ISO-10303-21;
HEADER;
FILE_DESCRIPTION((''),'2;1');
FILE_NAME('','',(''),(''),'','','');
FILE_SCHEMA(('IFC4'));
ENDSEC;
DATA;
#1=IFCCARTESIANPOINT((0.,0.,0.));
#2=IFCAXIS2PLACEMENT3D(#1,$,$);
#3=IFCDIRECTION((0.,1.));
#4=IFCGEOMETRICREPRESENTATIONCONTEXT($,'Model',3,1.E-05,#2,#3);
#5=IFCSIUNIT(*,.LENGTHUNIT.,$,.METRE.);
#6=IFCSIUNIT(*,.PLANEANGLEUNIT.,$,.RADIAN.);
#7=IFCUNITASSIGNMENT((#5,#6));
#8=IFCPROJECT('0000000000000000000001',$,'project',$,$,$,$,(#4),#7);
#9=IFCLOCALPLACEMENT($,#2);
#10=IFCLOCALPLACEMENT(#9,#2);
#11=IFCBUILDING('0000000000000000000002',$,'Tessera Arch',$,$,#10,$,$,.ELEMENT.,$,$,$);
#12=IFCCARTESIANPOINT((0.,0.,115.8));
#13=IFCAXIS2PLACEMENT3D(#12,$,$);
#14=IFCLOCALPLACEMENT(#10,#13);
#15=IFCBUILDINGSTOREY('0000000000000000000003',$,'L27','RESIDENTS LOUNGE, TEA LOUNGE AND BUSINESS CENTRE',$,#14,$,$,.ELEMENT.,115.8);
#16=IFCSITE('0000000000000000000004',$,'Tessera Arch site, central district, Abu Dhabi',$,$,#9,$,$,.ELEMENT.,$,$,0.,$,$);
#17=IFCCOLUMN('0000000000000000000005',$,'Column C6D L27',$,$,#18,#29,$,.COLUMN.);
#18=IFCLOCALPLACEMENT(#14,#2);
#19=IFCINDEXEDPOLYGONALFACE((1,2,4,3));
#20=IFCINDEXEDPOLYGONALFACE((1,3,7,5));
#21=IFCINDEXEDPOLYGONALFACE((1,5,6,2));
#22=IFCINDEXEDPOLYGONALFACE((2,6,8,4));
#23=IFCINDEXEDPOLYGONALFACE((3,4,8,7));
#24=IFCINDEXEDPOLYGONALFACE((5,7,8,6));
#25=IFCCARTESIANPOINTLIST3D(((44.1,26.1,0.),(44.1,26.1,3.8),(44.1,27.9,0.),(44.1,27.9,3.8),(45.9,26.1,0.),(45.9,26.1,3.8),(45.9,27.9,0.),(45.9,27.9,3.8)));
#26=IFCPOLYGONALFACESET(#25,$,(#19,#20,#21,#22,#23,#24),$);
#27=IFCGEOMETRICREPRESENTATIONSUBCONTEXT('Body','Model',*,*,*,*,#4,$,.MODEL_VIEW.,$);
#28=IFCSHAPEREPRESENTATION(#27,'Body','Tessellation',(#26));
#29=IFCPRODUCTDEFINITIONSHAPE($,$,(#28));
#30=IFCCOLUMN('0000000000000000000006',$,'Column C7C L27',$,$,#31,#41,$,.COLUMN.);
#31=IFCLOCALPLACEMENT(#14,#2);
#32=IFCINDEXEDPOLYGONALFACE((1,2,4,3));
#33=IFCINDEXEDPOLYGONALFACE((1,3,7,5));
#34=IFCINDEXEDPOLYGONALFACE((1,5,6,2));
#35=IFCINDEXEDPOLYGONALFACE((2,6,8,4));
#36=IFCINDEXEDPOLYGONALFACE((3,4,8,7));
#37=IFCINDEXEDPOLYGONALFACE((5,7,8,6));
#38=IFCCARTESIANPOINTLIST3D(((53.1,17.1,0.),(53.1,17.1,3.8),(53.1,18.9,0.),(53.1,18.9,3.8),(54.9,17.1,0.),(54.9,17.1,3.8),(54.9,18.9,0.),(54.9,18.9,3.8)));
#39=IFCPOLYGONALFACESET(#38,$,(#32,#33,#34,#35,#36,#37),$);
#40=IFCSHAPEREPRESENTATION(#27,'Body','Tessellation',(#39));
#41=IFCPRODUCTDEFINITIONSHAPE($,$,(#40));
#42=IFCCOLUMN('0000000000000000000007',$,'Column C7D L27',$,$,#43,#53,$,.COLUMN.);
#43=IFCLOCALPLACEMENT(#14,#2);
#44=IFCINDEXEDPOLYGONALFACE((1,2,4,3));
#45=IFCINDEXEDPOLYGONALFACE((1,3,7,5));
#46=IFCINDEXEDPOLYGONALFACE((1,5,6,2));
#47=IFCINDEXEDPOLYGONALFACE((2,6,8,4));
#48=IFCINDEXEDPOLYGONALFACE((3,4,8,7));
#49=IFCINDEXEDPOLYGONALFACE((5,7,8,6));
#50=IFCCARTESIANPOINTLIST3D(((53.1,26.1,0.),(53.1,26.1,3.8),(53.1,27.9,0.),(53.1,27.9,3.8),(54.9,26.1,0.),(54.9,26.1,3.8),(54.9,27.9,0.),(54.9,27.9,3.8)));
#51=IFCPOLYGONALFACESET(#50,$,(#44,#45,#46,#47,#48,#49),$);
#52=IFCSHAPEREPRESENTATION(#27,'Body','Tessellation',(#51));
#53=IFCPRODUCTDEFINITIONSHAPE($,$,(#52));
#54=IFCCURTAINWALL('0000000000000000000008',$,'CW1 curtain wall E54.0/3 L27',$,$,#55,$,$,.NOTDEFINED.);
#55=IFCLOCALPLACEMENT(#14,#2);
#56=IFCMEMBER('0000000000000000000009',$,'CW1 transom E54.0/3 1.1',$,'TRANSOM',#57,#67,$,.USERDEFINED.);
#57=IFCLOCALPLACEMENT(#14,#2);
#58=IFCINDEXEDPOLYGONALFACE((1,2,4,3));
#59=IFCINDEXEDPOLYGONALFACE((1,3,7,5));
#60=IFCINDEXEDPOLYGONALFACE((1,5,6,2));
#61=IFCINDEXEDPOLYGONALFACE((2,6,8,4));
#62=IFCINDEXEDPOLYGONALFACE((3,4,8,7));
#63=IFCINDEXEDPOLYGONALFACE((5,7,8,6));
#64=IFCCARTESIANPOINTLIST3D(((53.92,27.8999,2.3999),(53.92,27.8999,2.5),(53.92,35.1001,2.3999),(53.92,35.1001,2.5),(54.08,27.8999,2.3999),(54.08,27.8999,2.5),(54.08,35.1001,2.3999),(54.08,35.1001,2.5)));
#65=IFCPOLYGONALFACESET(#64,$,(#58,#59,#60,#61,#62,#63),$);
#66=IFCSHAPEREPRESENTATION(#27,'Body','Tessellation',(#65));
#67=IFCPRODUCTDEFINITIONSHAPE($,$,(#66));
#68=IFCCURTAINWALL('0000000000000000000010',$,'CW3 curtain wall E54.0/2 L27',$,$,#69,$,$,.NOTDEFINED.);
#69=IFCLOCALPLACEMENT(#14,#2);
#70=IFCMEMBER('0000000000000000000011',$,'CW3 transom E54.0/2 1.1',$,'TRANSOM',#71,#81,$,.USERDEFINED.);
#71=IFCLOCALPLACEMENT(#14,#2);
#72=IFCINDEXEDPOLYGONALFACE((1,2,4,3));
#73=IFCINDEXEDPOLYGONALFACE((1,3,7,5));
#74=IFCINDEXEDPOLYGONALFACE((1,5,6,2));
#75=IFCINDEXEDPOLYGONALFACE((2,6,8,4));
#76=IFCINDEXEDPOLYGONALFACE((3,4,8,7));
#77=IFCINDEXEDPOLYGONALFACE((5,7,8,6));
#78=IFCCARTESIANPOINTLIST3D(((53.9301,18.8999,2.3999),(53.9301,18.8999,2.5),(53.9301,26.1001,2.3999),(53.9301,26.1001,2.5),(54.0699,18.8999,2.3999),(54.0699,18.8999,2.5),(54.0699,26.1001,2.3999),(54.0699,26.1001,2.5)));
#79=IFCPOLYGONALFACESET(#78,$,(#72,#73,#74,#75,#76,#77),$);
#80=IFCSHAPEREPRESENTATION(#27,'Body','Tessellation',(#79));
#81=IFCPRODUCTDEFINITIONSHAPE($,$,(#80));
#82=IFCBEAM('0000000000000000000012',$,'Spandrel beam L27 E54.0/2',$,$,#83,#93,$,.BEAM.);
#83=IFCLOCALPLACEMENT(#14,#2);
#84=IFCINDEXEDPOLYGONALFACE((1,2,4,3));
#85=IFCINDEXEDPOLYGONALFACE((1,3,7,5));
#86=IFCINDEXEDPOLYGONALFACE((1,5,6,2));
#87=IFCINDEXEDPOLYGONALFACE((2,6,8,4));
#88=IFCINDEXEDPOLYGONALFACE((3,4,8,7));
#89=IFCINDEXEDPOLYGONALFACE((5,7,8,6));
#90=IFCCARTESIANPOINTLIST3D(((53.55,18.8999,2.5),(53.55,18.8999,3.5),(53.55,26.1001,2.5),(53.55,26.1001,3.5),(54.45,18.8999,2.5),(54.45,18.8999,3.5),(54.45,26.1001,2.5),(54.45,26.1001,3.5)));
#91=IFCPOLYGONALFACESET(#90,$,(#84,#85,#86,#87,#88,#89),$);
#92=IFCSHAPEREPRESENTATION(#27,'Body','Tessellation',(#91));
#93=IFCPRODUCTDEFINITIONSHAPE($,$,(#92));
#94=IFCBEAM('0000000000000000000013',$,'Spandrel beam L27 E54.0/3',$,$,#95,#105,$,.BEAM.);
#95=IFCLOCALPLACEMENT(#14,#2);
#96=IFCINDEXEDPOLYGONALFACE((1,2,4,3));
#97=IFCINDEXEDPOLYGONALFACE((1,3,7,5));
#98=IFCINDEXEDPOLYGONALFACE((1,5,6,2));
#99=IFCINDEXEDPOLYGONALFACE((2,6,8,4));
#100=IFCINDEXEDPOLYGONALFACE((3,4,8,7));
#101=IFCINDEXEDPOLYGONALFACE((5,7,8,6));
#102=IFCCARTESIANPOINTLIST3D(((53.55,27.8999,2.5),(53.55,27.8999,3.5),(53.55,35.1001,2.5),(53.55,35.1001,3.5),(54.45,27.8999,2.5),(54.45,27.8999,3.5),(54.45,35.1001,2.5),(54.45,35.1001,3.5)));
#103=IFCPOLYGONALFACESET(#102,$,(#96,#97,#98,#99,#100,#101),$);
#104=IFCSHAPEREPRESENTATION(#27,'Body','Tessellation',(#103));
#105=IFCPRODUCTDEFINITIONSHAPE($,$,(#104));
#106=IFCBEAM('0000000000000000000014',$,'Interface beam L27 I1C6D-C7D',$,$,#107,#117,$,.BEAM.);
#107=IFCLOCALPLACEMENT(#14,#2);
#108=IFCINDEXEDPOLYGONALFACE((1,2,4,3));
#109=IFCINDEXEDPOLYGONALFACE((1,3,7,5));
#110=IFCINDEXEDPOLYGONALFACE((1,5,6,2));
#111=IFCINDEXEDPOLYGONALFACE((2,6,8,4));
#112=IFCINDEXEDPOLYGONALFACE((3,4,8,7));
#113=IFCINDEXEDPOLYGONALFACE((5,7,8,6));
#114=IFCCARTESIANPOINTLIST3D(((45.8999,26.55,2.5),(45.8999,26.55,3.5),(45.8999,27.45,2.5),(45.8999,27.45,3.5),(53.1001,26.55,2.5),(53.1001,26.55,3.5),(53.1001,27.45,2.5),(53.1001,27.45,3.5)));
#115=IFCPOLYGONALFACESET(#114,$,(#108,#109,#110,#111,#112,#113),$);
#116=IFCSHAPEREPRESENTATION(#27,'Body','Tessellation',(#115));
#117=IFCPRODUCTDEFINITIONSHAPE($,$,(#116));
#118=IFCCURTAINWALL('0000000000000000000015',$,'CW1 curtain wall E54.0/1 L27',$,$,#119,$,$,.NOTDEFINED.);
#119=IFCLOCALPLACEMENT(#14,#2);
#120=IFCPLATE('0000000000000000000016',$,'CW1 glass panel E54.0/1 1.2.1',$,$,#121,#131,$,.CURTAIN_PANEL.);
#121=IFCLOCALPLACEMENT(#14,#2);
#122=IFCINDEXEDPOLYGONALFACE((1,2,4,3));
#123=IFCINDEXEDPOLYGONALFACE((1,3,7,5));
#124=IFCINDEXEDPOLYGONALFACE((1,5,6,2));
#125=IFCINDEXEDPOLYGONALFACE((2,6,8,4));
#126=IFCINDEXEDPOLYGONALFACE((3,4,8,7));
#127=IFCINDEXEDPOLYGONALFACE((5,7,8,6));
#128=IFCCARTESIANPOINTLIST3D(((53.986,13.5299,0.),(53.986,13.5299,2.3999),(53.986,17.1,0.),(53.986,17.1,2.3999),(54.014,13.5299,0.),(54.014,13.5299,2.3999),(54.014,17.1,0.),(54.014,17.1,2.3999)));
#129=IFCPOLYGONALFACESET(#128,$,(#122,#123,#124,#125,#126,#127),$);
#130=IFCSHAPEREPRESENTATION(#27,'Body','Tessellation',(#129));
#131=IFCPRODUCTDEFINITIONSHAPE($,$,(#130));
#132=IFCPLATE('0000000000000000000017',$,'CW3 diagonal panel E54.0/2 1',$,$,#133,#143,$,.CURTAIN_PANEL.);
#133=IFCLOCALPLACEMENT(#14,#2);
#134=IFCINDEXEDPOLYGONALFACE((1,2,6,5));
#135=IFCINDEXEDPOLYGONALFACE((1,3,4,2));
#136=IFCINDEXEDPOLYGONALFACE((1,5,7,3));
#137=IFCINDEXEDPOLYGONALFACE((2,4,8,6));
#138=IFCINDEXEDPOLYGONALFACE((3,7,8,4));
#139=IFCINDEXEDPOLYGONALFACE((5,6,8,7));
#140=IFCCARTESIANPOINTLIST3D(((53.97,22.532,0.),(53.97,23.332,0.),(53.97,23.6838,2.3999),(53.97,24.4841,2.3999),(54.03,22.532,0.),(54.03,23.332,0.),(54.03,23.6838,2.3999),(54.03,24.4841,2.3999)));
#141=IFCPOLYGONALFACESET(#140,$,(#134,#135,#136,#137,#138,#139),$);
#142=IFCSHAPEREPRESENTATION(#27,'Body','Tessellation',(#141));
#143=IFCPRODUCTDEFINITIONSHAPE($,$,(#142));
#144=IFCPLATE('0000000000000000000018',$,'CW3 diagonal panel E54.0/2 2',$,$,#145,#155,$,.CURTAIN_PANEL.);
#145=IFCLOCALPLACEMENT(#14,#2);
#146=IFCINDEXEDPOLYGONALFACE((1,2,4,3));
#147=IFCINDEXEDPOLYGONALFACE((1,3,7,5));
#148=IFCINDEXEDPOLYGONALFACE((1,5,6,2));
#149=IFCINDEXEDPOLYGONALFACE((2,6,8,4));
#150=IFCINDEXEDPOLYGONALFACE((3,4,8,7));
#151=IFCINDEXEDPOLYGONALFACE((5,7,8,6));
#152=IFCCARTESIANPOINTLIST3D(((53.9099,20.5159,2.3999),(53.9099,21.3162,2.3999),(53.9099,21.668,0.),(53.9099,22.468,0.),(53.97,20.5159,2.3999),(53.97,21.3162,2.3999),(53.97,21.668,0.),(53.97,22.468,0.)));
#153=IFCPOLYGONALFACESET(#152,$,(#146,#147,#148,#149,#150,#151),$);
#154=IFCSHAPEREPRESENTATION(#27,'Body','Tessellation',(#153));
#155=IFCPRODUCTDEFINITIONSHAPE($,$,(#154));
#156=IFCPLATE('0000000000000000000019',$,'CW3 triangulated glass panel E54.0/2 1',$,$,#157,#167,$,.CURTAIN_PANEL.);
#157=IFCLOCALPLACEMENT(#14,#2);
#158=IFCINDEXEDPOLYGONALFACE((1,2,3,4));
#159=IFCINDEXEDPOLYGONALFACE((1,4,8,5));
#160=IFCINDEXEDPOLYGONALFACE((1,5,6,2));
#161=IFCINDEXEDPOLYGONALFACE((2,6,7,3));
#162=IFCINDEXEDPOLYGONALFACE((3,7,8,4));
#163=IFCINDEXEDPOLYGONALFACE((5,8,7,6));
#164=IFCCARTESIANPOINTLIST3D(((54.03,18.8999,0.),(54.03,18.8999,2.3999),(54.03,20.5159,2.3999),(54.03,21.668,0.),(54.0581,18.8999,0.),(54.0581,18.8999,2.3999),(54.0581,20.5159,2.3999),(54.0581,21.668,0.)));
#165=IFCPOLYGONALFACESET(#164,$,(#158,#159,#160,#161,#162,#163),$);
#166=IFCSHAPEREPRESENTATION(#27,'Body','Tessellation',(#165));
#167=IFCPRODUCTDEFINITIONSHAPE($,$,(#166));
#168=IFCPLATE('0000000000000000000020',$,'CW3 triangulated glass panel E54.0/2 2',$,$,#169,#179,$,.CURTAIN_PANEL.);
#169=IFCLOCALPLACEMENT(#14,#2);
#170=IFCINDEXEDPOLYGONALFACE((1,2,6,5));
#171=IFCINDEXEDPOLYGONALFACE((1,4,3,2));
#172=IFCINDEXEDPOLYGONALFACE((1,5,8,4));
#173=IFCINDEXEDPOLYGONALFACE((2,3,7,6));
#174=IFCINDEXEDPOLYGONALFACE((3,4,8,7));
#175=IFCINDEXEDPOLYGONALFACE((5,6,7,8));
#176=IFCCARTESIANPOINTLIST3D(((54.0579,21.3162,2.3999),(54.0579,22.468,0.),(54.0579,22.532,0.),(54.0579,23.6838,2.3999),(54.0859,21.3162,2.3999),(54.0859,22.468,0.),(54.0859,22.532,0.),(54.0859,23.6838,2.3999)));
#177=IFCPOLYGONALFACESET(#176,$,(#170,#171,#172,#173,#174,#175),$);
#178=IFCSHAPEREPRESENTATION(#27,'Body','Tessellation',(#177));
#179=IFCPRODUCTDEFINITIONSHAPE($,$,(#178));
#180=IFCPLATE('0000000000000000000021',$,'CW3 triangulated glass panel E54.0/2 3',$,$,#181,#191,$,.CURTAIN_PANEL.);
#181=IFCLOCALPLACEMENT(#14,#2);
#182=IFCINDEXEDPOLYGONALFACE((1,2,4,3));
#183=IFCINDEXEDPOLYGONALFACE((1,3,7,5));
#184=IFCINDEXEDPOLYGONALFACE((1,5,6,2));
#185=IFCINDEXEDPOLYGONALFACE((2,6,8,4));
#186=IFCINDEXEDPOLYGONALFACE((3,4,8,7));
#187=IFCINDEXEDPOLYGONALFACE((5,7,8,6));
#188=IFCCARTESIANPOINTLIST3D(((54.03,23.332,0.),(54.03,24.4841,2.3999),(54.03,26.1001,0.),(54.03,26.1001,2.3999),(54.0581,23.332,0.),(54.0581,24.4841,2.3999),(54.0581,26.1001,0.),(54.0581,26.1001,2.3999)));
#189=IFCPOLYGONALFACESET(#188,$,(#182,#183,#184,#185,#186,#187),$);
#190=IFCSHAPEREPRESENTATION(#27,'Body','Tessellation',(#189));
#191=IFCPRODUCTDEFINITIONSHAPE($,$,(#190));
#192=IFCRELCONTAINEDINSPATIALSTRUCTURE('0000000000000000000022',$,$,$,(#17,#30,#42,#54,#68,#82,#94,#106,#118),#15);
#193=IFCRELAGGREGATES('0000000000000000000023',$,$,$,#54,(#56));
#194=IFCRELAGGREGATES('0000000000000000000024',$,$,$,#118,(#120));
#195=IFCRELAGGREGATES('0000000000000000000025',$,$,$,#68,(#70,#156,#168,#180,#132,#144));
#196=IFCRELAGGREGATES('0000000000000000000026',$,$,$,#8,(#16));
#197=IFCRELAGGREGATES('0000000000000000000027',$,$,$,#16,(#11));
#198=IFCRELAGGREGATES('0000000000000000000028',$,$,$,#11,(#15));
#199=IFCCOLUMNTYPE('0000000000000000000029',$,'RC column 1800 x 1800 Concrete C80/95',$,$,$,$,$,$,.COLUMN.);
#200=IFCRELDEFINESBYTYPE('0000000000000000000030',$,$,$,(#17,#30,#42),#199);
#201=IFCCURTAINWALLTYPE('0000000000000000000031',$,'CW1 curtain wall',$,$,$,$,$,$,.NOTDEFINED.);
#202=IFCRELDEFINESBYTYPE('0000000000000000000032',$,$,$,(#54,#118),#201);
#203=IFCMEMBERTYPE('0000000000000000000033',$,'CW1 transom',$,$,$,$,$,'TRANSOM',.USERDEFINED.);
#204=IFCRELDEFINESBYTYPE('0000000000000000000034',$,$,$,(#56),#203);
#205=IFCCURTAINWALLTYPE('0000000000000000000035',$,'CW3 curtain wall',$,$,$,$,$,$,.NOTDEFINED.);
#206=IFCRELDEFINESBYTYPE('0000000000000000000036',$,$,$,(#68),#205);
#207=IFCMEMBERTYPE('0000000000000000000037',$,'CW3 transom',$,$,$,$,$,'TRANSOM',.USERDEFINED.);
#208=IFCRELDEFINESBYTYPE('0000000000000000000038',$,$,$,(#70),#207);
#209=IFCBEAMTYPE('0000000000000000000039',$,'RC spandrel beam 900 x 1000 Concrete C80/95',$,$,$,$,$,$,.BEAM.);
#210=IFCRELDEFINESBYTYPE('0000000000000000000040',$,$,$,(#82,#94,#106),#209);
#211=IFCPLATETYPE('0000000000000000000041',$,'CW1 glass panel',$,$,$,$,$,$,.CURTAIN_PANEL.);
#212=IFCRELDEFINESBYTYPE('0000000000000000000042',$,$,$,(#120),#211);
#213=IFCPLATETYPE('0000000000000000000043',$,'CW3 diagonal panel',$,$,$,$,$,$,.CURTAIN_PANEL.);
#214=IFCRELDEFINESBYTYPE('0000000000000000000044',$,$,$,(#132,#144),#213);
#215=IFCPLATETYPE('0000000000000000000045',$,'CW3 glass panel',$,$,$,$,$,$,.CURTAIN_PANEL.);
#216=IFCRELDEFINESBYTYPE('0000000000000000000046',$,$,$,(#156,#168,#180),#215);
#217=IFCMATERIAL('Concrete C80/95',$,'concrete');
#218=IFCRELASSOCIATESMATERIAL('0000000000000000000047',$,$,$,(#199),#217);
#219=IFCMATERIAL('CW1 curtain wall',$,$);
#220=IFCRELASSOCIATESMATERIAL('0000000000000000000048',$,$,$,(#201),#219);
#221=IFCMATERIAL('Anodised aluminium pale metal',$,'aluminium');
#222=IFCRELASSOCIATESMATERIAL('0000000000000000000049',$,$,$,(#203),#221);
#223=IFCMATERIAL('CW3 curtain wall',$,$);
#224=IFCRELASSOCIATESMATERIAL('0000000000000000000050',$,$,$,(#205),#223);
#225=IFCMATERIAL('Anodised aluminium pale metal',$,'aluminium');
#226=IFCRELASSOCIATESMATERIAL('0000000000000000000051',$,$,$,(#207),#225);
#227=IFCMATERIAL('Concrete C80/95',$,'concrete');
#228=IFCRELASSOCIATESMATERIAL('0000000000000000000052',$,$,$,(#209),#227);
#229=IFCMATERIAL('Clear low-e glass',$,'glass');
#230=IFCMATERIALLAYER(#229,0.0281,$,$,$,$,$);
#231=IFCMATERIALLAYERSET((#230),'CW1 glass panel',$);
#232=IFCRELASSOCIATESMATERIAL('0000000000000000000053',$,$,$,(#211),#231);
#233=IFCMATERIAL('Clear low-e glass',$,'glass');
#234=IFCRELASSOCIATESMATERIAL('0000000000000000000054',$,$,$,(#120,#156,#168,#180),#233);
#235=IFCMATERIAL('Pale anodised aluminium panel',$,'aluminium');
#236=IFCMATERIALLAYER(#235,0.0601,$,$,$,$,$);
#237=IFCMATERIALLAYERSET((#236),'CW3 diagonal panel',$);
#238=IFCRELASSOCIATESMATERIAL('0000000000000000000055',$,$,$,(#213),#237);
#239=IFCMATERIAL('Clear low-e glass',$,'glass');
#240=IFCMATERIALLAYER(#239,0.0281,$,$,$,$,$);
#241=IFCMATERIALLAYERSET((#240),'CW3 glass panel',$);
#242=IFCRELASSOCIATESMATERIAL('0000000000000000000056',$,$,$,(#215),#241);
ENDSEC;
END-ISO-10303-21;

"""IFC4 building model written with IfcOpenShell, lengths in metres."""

from ifc_helpers import new_model, si_unit, direction, frame, origin, origin_2d, place, context, subcontext, project, spatial, polyline, rectangle, outline, extrude, material, layer, layer_set, material_profile, profile_set, type_object, element, aggregate, save


model = new_model("IFC4")

# Units and contexts
model_context = context("Model", 3, precision=1e-05, world=origin(), true_north=direction((0.0, 1.0)))
body_context = subcontext(model_context, "Body", "Model", "MODEL_VIEW")
ifc_project = project(units=[si_unit("LENGTHUNIT", "METRE"), si_unit("PLANEANGLEUNIT", "RADIAN")], contexts=[model_context])

# Site, building, storey
site_placement = place(None, origin())
site = spatial("IfcSite", under=ifc_project, at=site_placement, Name="Tessera Arch site, central district, Abu Dhabi", CompositionType="ELEMENT", RefElevation=0.0)
building_placement = place(site_placement, origin())
building = spatial("IfcBuilding", under=site, at=building_placement, Name="Tessera Arch", CompositionType="ELEMENT")
storey_placement = place(building_placement, frame((0.0, 0.0, 115.8)))
storey = spatial("IfcBuildingStorey", under=building, at=storey_placement, Name="L27", Description="RESIDENTS LOUNGE, TEA LOUNGE AND BUSINESS CENTRE", CompositionType="ELEMENT", Elevation=115.8)

# Columns
ifc_material_1 = material(Name="Concrete C80/95", Category="concrete")
ifc_material_profile_1 = material_profile(ifc_material_1, rectangle(XDim=1.8, YDim=1.8, at=origin_2d()), Name="RC column 1800 x 1800 Concrete C80/95")
ifc_profile_set_1 = profile_set([ifc_material_profile_1], Name="Concrete C80/95")
column_type = type_object("IfcColumnType", Name="RC column 1800 x 1800 Concrete C80/95", PredefinedType="COLUMN", material=ifc_profile_set_1)
for number, where, z_axis, x_axis, name in (
    (1, (45.0, 27.0, 0.0), (0.0, 0.0, 1.0), (1.0, 0.0, 0.0), "Column C6D L27"),
    (2, (54.0, 18.0, 0.0), (0.0, 0.0, 1.0), (1.0, 0.0, 0.0), "Column C7C L27"),
    (3, (54.0, 27.0, 0.0), (0.0, 0.0, 1.0), (1.0, 0.0, 0.0), "Column C7D L27"),
):
    element("IfcColumn", number, at=place(storey_placement, frame(where, z_axis=z_axis, x_axis=x_axis)), inside=storey, type_object=column_type, Name=name, PredefinedType="COLUMN", context=body_context, shape_type="SweptSolid", body=[
        extrude(rectangle(XDim=1.8, YDim=1.8, at=origin_2d()), origin(), (0.0, 0.0, 1.0), 3.8),
    ])

# Curtain walls, members
ifc_material_2 = material(Name="CW1 curtain wall")
curtain_wall_type_1 = type_object("IfcCurtainWallType", Name="CW1 curtain wall", PredefinedType="NOTDEFINED", material=ifc_material_2)
curtain_wall_1_placement = place(storey_placement, origin())
curtain_wall_1 = element("IfcCurtainWall", 4, at=curtain_wall_1_placement, inside=storey, type_object=curtain_wall_type_1, Name="CW1 curtain wall E54.0/3 L27", PredefinedType="NOTDEFINED")
ifc_material_3 = material(Name="Anodised aluminium pale metal", Category="aluminium")
ifc_material_profile_2 = material_profile(ifc_material_3, rectangle(XDim=0.1599, YDim=0.1001, at=origin_2d()), Name="AL 160x100")
ifc_profile_set_2 = profile_set([ifc_material_profile_2], Name="Anodised aluminium pale metal")
member_type_1 = type_object("IfcMemberType", Name="CW1 transom", ElementType="TRANSOM", PredefinedType="USERDEFINED", material=ifc_profile_set_2)
member_1_placement = place(storey_placement, frame((54.0, 27.8999, 2.45), z_axis=(0.0, 1.0, 0.0), x_axis=(-1.0, 0.0, 0.0)))
member_1 = element("IfcMember", 5, at=member_1_placement, type_object=member_type_1, Name="CW1 transom E54.0/3 1.1", ObjectType="TRANSOM", PredefinedType="USERDEFINED", context=body_context, shape_type="SweptSolid", body=[
    extrude(rectangle(XDim=0.1599, YDim=0.1001, at=origin_2d()), origin(), (0.0, 0.0, 1.0), 7.2002),
])
aggregate(curtain_wall_1, [member_1])
ifc_material_4 = material(Name="CW3 curtain wall")
curtain_wall_type_2 = type_object("IfcCurtainWallType", Name="CW3 curtain wall", PredefinedType="NOTDEFINED", material=ifc_material_4)
curtain_wall_2_placement = place(storey_placement, origin())
curtain_wall_2 = element("IfcCurtainWall", 6, at=curtain_wall_2_placement, inside=storey, type_object=curtain_wall_type_2, Name="CW3 curtain wall E54.0/2 L27", PredefinedType="NOTDEFINED")
ifc_material_5 = material(Name="Anodised aluminium pale metal", Category="aluminium")
ifc_material_profile_3 = material_profile(ifc_material_5, rectangle(XDim=0.1399, YDim=0.1001, at=origin_2d()), Name="AL 140x100")
ifc_profile_set_3 = profile_set([ifc_material_profile_3], Name="Anodised aluminium pale metal")
member_type_2 = type_object("IfcMemberType", Name="CW3 transom", ElementType="TRANSOM", PredefinedType="USERDEFINED", material=ifc_profile_set_3)
member_2_placement = place(storey_placement, frame((54.0, 18.8999, 2.45), z_axis=(0.0, 1.0, 0.0), x_axis=(-1.0, 0.0, 0.0)))
member_2 = element("IfcMember", 7, at=member_2_placement, type_object=member_type_2, Name="CW3 transom E54.0/2 1.1", ObjectType="TRANSOM", PredefinedType="USERDEFINED", context=body_context, shape_type="SweptSolid", body=[
    extrude(rectangle(XDim=0.1399, YDim=0.1001, at=origin_2d()), origin(), (0.0, 0.0, 1.0), 7.2002),
])

# Beams
ifc_material_6 = material(Name="Concrete C80/95", Category="concrete")
ifc_material_profile_4 = material_profile(ifc_material_6, rectangle(XDim=0.8999, YDim=1.0, at=origin_2d()), Name="RC spandrel beam 900 x 1000 Concrete C80/95")
ifc_profile_set_4 = profile_set([ifc_material_profile_4], Name="Concrete C80/95")
beam_type = type_object("IfcBeamType", Name="RC spandrel beam 900 x 1000 Concrete C80/95", PredefinedType="BEAM", material=ifc_profile_set_4)
for number, where, z_axis, x_axis, name in (
    (8, (54.0, 18.8999, 3.0), (0.0, 1.0, 0.0), (-1.0, 0.0, 0.0), "Spandrel beam L27 E54.0/2"),
    (9, (54.0, 27.8999, 3.0), (0.0, 1.0, 0.0), (-1.0, 0.0, 0.0), "Spandrel beam L27 E54.0/3"),
    (10, (45.8999, 27.0, 3.0), (1.0, 0.0, 0.0), (0.0, 1.0, 0.0), "Interface beam L27 I1C6D-C7D"),
):
    element("IfcBeam", number, at=place(storey_placement, frame(where, z_axis=z_axis, x_axis=x_axis)), inside=storey, type_object=beam_type, Name=name, PredefinedType="BEAM", context=body_context, shape_type="SweptSolid", body=[
        extrude(rectangle(XDim=0.8999, YDim=1.0, at=origin_2d()), origin(), (0.0, 0.0, 1.0), 7.2002),
    ])

# Curtain wall, plate
curtain_wall_3_placement = place(storey_placement, origin())
curtain_wall_3 = element("IfcCurtainWall", 11, at=curtain_wall_3_placement, inside=storey, type_object=curtain_wall_type_1, Name="CW1 curtain wall E54.0/1 L27", PredefinedType="NOTDEFINED")
ifc_material_7 = material(Name="Clear low-e glass", Category="glass")
ifc_material_8 = material(Name="Clear low-e glass", Category="glass")
ifc_layer_1 = layer(ifc_material_8, 0.0281)
ifc_layer_set_1 = layer_set([ifc_layer_1], Name="CW1 glass panel")
plate_type_1 = type_object("IfcPlateType", Name="CW1 glass panel", PredefinedType="CURTAIN_PANEL", material=ifc_layer_set_1)
plate_1_placement = place(storey_placement, frame((54.0, 15.3149, 0.0), z_axis=(0.0, 0.0, 1.0), x_axis=(0.0, 1.0, 0.0)))
plate_1 = element("IfcPlate", 12, at=plate_1_placement, type_object=plate_type_1, material=ifc_material_7, Name="CW1 glass panel E54.0/1 1.2.1", PredefinedType="CURTAIN_PANEL", context=body_context, shape_type="SweptSolid", body=[
    extrude(rectangle(XDim=3.5701, YDim=0.0281, at=origin_2d()), origin(), (0.0, 0.0, 1.0), 2.3999),
])
aggregate(curtain_wall_3, [plate_1])

# Plates
ifc_material_9 = material(Name="Pale anodised aluminium panel", Category="aluminium")
ifc_layer_2 = layer(ifc_material_9, 0.0601)
ifc_layer_set_2 = layer_set([ifc_layer_2], Name="CW3 diagonal panel")
plate_type_2 = type_object("IfcPlateType", Name="CW3 diagonal panel", PredefinedType="CURTAIN_PANEL", material=ifc_layer_set_2)
plate_2_placement = place(storey_placement, frame((54.03, 24.4841, 2.3999), z_axis=(1.0, 0.0, 0.0), x_axis=(0.0, -1.0, 0.0)))
plate_2 = element("IfcPlate", 13, at=plate_2_placement, type_object=plate_type_2, Name="CW3 diagonal panel E54.0/2 1", PredefinedType="CURTAIN_PANEL", context=body_context, shape_type="SweptSolid", body=[
    extrude(outline(polyline([(0.0, 0.0), (0.8003, 0.0), (1.9521, 2.3999), (1.1521, 2.3999), (0.0, 0.0)])), origin(), (0.0, 0.0, -1.0), 0.0601),
])
plate_3_placement = place(storey_placement, frame((53.97, 21.3162, 2.3999), z_axis=(1.0, 0.0, 0.0), x_axis=(0.0, -1.0, 0.0)))
plate_3 = element("IfcPlate", 14, at=plate_3_placement, type_object=plate_type_2, Name="CW3 diagonal panel E54.0/2 2", PredefinedType="CURTAIN_PANEL", context=body_context, shape_type="SweptSolid", body=[
    extrude(outline(polyline([(0.0, 0.0), (0.8003, 0.0), (-0.3518, 2.3999), (-1.1519, 2.3999), (0.0, 0.0)])), origin(), (0.0, 0.0, -1.0), 0.0601),
])
ifc_material_10 = material(Name="Clear low-e glass", Category="glass")
ifc_layer_3 = layer(ifc_material_10, 0.0281)
ifc_layer_set_3 = layer_set([ifc_layer_3], Name="CW3 glass panel")
plate_type_3 = type_object("IfcPlateType", Name="CW3 glass panel", PredefinedType="CURTAIN_PANEL", material=ifc_layer_set_3)
plate_4_placement = place(storey_placement, frame((54.0581, 18.8999, 0.0), z_axis=(1.0, 0.0, 0.0), x_axis=(0.0, 1.0, 0.0)))
plate_4 = element("IfcPlate", 15, at=plate_4_placement, type_object=plate_type_3, material=ifc_material_7, Name="CW3 triangulated glass panel E54.0/2 1", PredefinedType="CURTAIN_PANEL", context=body_context, shape_type="SweptSolid", body=[
    extrude(outline(polyline([(0.0, 0.0), (2.7681, 0.0), (1.616, 2.3999), (0.0, 2.3999), (0.0, 0.0)])), origin(), (0.0, 0.0, -1.0), 0.0281),
])
plate_5_placement = place(storey_placement, frame((54.0859, 23.6838, 2.3999), z_axis=(1.0, 0.0, 0.0), x_axis=(0.0, -1.0, 0.0)))
plate_5 = element("IfcPlate", 16, at=plate_5_placement, type_object=plate_type_3, material=ifc_material_7, Name="CW3 triangulated glass panel E54.0/2 2", PredefinedType="CURTAIN_PANEL", context=body_context, shape_type="SweptSolid", body=[
    extrude(outline(polyline([(0.0, 0.0), (2.3677, 0.0), (1.2158, 2.3999), (1.1519, 2.3999), (0.0, 0.0)])), origin(), (0.0, 0.0, -1.0), 0.0281),
])
plate_6_placement = place(storey_placement, frame((54.0581, 26.1001, 2.3999), z_axis=(1.0, 0.0, 0.0), x_axis=(0.0, -1.0, 0.0)))
plate_6 = element("IfcPlate", 17, at=plate_6_placement, type_object=plate_type_3, material=ifc_material_7, Name="CW3 triangulated glass panel E54.0/2 3", PredefinedType="CURTAIN_PANEL", context=body_context, shape_type="SweptSolid", body=[
    extrude(outline(polyline([(0.0, 0.0), (1.616, 0.0), (2.7681, 2.3999), (0.0, 2.3999), (0.0, 0.0)])), origin(), (0.0, 0.0, -1.0), 0.0281),
])
aggregate(curtain_wall_2, [member_2, plate_4, plate_5, plate_6, plate_2, plate_3])

save(model, "model.ifc")
